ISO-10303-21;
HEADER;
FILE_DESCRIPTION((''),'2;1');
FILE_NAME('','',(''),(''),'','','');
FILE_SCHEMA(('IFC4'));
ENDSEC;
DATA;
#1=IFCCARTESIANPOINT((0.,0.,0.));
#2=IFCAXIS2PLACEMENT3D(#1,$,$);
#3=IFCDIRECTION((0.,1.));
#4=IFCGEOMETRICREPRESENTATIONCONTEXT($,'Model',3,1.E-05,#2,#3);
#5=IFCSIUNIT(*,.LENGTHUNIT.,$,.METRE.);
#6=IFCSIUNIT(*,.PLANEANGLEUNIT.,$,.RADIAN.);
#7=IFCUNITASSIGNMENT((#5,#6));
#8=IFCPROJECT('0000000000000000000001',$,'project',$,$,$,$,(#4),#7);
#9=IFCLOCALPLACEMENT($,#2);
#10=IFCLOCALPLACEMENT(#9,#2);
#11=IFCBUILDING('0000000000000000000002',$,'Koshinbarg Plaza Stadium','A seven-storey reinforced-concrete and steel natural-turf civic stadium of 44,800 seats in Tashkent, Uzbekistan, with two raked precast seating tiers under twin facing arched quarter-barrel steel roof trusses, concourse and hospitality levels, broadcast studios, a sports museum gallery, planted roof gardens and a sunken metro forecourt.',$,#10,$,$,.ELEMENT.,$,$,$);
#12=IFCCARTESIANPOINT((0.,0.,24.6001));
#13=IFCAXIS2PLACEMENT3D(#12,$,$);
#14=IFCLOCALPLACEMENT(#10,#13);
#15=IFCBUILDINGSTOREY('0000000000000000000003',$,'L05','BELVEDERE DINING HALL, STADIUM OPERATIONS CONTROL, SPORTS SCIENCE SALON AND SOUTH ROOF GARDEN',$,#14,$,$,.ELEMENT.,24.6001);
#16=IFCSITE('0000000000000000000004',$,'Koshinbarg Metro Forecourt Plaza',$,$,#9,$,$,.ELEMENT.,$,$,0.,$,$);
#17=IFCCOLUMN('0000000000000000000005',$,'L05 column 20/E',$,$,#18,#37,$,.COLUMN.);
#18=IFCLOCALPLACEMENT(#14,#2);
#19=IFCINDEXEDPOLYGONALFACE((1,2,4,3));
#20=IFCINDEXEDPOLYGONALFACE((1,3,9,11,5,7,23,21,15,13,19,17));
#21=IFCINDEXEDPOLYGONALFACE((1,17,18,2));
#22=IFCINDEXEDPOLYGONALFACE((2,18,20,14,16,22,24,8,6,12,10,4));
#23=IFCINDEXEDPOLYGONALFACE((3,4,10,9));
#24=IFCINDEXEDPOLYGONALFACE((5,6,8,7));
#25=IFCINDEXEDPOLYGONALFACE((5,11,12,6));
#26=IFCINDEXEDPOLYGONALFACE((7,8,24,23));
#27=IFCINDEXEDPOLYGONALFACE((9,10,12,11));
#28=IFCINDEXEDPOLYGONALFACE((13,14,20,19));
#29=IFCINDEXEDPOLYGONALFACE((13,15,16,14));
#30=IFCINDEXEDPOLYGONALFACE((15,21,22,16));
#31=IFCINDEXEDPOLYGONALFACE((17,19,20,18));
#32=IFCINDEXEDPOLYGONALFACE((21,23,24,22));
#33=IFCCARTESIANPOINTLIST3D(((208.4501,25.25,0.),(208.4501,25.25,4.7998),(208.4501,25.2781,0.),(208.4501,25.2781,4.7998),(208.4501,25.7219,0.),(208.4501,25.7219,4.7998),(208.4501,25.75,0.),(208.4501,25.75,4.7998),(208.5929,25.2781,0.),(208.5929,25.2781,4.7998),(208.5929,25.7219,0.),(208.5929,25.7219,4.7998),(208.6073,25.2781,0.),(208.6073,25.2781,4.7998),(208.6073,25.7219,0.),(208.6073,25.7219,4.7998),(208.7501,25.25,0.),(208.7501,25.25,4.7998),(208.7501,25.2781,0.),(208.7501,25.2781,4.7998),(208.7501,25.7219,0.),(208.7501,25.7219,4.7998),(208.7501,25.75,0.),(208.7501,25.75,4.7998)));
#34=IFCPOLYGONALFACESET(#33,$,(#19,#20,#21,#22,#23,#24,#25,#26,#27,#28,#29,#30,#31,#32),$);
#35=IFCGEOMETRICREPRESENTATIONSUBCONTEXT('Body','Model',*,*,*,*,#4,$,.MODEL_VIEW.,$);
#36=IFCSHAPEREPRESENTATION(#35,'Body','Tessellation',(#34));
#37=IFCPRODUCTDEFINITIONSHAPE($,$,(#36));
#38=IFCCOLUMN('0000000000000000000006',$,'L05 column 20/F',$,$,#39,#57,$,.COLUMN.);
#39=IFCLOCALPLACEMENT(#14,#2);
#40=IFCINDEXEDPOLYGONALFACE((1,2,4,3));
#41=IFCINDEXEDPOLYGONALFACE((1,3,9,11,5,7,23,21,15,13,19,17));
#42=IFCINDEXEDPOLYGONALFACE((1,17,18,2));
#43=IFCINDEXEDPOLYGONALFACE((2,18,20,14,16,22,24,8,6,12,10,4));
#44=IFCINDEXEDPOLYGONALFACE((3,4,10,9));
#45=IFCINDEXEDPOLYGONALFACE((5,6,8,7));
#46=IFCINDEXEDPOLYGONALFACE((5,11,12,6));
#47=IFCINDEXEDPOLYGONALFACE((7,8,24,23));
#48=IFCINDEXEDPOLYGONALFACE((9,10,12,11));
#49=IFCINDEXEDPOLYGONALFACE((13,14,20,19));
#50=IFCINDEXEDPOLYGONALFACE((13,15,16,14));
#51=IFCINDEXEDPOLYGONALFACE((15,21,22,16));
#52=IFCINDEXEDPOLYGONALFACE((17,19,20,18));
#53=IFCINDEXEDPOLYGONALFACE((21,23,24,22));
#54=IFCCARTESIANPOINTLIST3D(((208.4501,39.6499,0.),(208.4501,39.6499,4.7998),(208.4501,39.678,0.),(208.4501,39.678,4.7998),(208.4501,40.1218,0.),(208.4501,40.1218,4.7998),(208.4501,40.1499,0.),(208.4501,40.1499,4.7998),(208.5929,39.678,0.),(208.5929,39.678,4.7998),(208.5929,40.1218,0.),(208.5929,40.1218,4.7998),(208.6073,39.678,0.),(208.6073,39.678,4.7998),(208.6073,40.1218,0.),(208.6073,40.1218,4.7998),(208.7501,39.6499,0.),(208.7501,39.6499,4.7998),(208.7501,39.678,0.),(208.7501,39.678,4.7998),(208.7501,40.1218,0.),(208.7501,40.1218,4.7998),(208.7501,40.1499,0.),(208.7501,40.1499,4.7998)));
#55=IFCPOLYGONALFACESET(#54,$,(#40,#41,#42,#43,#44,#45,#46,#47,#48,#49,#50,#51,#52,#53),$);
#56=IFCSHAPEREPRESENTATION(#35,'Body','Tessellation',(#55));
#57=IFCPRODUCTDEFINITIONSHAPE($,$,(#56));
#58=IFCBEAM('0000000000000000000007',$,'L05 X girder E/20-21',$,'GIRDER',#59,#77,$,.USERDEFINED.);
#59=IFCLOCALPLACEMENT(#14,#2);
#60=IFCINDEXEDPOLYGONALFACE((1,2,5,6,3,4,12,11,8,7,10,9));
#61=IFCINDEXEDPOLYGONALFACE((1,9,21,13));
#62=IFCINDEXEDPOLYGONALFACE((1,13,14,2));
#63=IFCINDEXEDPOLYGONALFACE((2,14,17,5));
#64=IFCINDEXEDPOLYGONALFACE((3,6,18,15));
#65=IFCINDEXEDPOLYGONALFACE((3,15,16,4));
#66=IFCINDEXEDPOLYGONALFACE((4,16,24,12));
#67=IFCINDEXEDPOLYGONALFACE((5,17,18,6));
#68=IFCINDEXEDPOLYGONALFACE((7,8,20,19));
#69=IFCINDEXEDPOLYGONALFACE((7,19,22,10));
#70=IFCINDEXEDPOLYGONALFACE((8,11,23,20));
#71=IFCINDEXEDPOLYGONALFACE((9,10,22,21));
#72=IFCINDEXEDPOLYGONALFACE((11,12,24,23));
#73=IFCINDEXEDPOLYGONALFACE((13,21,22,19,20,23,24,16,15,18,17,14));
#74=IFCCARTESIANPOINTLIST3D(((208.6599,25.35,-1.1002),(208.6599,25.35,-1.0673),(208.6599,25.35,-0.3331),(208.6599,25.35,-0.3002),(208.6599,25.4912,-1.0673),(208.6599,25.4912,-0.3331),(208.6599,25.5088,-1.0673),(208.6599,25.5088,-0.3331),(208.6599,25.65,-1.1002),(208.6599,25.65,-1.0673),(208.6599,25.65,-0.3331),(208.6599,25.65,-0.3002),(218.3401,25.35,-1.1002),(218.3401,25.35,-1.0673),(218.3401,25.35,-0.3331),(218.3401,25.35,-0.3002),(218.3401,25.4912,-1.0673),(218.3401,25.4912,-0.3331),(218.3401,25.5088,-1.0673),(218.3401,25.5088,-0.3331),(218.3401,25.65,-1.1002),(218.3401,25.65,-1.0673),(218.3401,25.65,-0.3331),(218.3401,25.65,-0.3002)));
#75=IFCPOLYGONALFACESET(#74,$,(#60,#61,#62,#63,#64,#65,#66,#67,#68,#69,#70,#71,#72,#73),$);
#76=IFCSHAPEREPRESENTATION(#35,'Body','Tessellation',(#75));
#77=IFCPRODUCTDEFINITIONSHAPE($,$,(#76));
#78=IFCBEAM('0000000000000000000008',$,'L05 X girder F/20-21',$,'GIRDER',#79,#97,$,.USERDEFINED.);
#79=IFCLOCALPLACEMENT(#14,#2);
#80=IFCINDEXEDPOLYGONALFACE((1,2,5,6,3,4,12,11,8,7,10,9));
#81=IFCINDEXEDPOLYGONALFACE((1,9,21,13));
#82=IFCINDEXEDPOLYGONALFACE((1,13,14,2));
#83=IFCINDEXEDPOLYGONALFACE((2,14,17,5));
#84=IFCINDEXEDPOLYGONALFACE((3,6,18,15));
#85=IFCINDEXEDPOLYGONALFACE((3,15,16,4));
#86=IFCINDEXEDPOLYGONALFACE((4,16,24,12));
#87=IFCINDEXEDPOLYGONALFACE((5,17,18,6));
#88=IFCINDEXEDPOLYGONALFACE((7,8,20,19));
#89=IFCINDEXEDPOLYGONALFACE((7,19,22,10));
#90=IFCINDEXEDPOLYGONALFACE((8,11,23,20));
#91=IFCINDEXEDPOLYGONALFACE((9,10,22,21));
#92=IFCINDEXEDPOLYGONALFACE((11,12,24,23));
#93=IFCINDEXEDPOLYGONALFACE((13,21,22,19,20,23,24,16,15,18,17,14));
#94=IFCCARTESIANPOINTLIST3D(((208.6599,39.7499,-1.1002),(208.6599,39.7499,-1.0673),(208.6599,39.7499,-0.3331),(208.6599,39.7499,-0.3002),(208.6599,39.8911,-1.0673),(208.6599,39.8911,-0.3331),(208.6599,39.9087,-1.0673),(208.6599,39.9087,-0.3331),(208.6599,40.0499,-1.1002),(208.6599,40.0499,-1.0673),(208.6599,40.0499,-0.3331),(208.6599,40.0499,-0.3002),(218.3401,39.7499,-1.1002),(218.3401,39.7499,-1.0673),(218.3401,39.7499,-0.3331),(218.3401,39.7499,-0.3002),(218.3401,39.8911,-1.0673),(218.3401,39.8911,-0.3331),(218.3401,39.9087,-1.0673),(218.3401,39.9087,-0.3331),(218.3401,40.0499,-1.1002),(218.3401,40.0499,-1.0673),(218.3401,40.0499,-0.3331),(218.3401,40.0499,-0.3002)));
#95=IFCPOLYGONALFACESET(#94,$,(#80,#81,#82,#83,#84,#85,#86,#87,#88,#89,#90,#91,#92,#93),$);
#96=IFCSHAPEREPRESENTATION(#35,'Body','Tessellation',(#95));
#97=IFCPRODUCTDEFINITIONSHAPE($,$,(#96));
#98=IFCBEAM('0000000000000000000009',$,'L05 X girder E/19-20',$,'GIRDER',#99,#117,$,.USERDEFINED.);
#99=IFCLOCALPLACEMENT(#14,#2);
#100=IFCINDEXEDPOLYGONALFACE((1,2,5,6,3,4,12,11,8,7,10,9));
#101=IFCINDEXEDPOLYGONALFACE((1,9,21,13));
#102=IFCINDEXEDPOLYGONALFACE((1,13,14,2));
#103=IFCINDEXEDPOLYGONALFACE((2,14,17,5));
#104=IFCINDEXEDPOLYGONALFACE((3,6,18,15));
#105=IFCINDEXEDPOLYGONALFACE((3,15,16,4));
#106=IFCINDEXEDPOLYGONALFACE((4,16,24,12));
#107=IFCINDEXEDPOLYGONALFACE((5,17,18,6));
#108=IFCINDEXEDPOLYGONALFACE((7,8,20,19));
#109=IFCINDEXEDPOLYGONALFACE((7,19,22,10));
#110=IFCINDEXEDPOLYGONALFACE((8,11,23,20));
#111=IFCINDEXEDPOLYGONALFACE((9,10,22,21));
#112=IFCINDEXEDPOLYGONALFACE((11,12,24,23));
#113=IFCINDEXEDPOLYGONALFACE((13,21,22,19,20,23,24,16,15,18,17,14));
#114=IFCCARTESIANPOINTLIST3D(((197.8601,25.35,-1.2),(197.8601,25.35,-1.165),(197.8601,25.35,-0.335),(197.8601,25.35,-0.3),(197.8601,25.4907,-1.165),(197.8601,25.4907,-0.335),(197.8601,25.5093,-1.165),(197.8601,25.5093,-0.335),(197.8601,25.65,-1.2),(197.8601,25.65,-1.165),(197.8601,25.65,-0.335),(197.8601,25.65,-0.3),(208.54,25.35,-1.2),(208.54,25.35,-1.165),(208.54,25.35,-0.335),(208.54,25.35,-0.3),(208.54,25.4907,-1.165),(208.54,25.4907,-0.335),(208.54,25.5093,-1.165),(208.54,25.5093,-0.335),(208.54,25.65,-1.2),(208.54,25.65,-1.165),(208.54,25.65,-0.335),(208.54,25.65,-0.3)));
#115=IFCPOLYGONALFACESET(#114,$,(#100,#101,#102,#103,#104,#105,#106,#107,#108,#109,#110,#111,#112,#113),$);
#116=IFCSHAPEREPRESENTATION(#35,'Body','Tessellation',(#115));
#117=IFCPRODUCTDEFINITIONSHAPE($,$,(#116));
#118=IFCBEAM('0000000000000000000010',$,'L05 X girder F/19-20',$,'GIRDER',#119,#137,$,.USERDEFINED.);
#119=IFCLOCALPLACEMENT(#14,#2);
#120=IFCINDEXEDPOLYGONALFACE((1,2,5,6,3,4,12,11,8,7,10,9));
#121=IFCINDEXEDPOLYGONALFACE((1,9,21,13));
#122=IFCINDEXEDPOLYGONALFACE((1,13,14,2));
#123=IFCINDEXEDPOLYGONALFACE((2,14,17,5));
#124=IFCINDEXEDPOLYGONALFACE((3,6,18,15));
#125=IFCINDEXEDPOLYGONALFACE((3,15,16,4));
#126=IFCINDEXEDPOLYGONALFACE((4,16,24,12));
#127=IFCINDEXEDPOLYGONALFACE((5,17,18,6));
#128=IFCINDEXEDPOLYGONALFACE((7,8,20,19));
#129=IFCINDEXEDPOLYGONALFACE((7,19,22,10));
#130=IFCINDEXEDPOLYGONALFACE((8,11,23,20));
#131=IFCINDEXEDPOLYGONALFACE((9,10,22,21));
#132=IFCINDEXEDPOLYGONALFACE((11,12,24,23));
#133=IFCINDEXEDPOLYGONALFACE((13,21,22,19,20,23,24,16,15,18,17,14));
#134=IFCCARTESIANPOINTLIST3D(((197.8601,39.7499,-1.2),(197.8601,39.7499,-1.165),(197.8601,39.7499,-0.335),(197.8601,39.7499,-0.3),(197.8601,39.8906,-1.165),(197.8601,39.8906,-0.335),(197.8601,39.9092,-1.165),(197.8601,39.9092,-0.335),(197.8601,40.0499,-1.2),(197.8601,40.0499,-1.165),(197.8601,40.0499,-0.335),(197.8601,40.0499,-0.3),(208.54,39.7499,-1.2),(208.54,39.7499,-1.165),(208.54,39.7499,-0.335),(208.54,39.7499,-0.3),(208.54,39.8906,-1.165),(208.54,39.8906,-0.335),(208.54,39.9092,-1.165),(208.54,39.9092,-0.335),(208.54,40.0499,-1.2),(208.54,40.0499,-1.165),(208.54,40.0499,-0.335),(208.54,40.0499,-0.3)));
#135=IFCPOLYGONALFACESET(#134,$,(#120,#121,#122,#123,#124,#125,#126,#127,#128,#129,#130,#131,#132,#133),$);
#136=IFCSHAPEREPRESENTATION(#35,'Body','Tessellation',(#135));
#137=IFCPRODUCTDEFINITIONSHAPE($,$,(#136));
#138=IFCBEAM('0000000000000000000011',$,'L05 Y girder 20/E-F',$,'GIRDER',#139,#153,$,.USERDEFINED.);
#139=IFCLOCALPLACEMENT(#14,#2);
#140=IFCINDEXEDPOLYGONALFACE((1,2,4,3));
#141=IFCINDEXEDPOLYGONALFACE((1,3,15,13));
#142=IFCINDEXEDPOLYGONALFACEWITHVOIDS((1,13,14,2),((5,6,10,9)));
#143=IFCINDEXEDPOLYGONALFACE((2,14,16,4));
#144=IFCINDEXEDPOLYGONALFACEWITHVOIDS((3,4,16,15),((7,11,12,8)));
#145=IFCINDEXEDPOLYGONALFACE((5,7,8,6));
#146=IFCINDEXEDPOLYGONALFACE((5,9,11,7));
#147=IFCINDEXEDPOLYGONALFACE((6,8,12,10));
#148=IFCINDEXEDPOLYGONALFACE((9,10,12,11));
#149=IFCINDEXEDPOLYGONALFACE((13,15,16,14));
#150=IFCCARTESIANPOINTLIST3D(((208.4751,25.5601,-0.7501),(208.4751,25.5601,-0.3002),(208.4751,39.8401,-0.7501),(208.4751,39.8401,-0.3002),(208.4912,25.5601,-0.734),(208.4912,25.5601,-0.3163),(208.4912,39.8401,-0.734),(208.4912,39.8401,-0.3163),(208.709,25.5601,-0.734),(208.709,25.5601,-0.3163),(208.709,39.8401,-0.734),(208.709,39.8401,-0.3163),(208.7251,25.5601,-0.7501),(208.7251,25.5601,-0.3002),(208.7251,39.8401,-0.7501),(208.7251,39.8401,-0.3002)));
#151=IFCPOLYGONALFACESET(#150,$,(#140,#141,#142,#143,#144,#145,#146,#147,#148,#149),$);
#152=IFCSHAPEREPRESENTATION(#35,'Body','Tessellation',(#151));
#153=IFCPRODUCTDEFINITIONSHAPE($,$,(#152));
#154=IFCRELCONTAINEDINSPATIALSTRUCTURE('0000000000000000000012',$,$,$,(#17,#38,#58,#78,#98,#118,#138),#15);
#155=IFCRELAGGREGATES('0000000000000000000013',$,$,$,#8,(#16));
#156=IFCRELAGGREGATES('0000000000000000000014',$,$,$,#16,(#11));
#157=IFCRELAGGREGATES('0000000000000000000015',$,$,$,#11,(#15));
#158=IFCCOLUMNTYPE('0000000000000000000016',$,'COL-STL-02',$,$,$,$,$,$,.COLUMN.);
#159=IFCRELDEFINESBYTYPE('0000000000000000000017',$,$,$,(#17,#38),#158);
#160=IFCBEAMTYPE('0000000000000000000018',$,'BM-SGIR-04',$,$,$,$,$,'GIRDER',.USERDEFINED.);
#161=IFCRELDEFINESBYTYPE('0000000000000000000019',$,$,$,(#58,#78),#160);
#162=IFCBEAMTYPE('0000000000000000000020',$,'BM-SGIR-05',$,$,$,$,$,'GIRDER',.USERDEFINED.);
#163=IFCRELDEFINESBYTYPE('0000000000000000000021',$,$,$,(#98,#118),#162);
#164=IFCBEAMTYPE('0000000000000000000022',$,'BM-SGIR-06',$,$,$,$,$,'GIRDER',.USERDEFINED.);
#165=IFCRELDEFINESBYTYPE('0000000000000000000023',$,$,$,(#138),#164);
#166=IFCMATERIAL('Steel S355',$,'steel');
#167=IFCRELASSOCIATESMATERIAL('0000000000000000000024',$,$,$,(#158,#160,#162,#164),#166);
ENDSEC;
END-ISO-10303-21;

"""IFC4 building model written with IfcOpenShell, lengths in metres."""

from ifc_helpers import new_model, si_unit, direction, frame, origin, origin_2d, place, context, subcontext, project, spatial, hollow_rectangle, i_section, extrude, material, material_profile, profile_set, type_object, element, save


model = new_model("IFC4")

# Units and contexts
model_context = context("Model", 3, precision=1e-05, world=origin(), true_north=direction((0.0, 1.0)))
body_context = subcontext(model_context, "Body", "Model", "MODEL_VIEW")
ifc_project = project(units=[si_unit("LENGTHUNIT", "METRE"), si_unit("PLANEANGLEUNIT", "RADIAN")], contexts=[model_context])

# Site, building, storey
site_placement = place(None, origin())
site = spatial("IfcSite", under=ifc_project, at=site_placement, Name="Koshinbarg Metro Forecourt Plaza", CompositionType="ELEMENT", RefElevation=0.0)
building_placement = place(site_placement, origin())
building = spatial("IfcBuilding", under=site, at=building_placement, Name="Koshinbarg Plaza Stadium", Description="A seven-storey reinforced-concrete and steel natural-turf civic stadium of 44,800 seats in Tashkent, Uzbekistan, with two raked precast seating tiers under twin facing arched quarter-barrel steel roof trusses, concourse and hospitality levels, broadcast studios, a sports museum gallery, planted roof gardens and a sunken metro forecourt.", CompositionType="ELEMENT")
storey_placement = place(building_placement, frame((0.0, 0.0, 24.6001)))
storey = spatial("IfcBuildingStorey", under=building, at=storey_placement, Name="L05", Description="BELVEDERE DINING HALL, STADIUM OPERATIONS CONTROL, SPORTS SCIENCE SALON AND SOUTH ROOF GARDEN", CompositionType="ELEMENT", Elevation=24.6001)

# Columns
ifc_material_1 = material(Name="Steel S355", Category="steel")
ifc_material_profile_1 = material_profile(ifc_material_1, i_section(OverallWidth=0.3, OverallDepth=0.5, WebThickness=0.0144, FlangeThickness=0.0281, at=origin_2d()), Name="HEB 500")
ifc_profile_set_1 = profile_set([ifc_material_profile_1], Name="Steel S355")
column_type = type_object("IfcColumnType", Name="COL-STL-02", PredefinedType="COLUMN", material=ifc_profile_set_1)
for number, where, z_axis, x_axis, name in (
    (1, (208.6001, 25.5, 0.0), (0.0, 0.0, 1.0), (1.0, 0.0, 0.0), "L05 column 20/E"),
    (2, (208.6001, 39.8999, 0.0), (0.0, 0.0, 1.0), (1.0, 0.0, 0.0), "L05 column 20/F"),
):
    element("IfcColumn", number, at=place(storey_placement, frame(where, z_axis=z_axis, x_axis=x_axis)), inside=storey, type_object=column_type, Name=name, PredefinedType="COLUMN", context=body_context, shape_type="SweptSolid", body=[
        extrude(i_section(OverallWidth=0.3, OverallDepth=0.5, WebThickness=0.0144, FlangeThickness=0.0281, at=origin_2d()), origin(), (0.0, 0.0, 1.0), 4.7998),
    ])

# Beams
ifc_material_profile_2 = material_profile(ifc_material_1, i_section(OverallWidth=0.3, OverallDepth=0.8, WebThickness=0.0176, FlangeThickness=0.033, at=origin_2d()), Name="HEB 800")
ifc_profile_set_2 = profile_set([ifc_material_profile_2], Name="Steel S355")
beam_type_1 = type_object("IfcBeamType", Name="BM-SGIR-04", ElementType="GIRDER", PredefinedType="USERDEFINED", material=ifc_profile_set_2)
for number, where, z_axis, x_axis, name in (
    (3, (208.6599, 25.5, -0.7002), (1.0, 0.0, 0.0), (0.0, 1.0, 0.0), "L05 X girder E/20-21"),
    (4, (208.6599, 39.8999, -0.7002), (1.0, 0.0, 0.0), (0.0, 1.0, 0.0), "L05 X girder F/20-21"),
):
    element("IfcBeam", number, at=place(storey_placement, frame(where, z_axis=z_axis, x_axis=x_axis)), inside=storey, type_object=beam_type_1, Name=name, ObjectType="GIRDER", PredefinedType="USERDEFINED", context=body_context, shape_type="SweptSolid", body=[
        extrude(i_section(OverallWidth=0.3, OverallDepth=0.8, WebThickness=0.0176, FlangeThickness=0.033, at=origin_2d()), origin(), (0.0, 0.0, 1.0), 9.6802),
    ])
ifc_material_profile_3 = material_profile(ifc_material_1, i_section(OverallWidth=0.3, OverallDepth=0.8999, WebThickness=0.0186, FlangeThickness=0.0349, at=origin_2d()), Name="HEB 900")
ifc_profile_set_3 = profile_set([ifc_material_profile_3], Name="Steel S355")
beam_type_2 = type_object("IfcBeamType", Name="BM-SGIR-05", ElementType="GIRDER", PredefinedType="USERDEFINED", material=ifc_profile_set_3)
for number, where, z_axis, x_axis, name in (
    (5, (197.8601, 25.5, -0.75), (1.0, 0.0, 0.0), (0.0, 1.0, 0.0), "L05 X girder E/19-20"),
    (6, (197.8601, 39.8999, -0.75), (1.0, 0.0, 0.0), (0.0, 1.0, 0.0), "L05 X girder F/19-20"),
):
    element("IfcBeam", number, at=place(storey_placement, frame(where, z_axis=z_axis, x_axis=x_axis)), inside=storey, type_object=beam_type_2, Name=name, ObjectType="GIRDER", PredefinedType="USERDEFINED", context=body_context, shape_type="SweptSolid", body=[
        extrude(i_section(OverallWidth=0.3, OverallDepth=0.8999, WebThickness=0.0186, FlangeThickness=0.0349, at=origin_2d()), origin(), (0.0, 0.0, 1.0), 10.6799),
    ])
ifc_material_profile_4 = material_profile(ifc_material_1, hollow_rectangle(XDim=0.25, YDim=0.45, WallThickness=0.0161, at=origin_2d()), Name="RHS 450x250x16")
ifc_profile_set_4 = profile_set([ifc_material_profile_4], Name="Steel S355")
beam_type_3 = type_object("IfcBeamType", Name="BM-SGIR-06", ElementType="GIRDER", PredefinedType="USERDEFINED", material=ifc_profile_set_4)
beam_placement = place(storey_placement, frame((208.6001, 25.5601, -0.5251), z_axis=(0.0, 1.0, 0.0), x_axis=(-1.0, 0.0, 0.0)))
element("IfcBeam", 7, at=beam_placement, inside=storey, type_object=beam_type_3, Name="L05 Y girder 20/E-F", ObjectType="GIRDER", PredefinedType="USERDEFINED", context=body_context, shape_type="SweptSolid", body=[
    extrude(hollow_rectangle(XDim=0.25, YDim=0.45, WallThickness=0.0161, at=origin_2d()), origin(), (0.0, 0.0, 1.0), 14.28),
])

save(model, "model.ifc")
